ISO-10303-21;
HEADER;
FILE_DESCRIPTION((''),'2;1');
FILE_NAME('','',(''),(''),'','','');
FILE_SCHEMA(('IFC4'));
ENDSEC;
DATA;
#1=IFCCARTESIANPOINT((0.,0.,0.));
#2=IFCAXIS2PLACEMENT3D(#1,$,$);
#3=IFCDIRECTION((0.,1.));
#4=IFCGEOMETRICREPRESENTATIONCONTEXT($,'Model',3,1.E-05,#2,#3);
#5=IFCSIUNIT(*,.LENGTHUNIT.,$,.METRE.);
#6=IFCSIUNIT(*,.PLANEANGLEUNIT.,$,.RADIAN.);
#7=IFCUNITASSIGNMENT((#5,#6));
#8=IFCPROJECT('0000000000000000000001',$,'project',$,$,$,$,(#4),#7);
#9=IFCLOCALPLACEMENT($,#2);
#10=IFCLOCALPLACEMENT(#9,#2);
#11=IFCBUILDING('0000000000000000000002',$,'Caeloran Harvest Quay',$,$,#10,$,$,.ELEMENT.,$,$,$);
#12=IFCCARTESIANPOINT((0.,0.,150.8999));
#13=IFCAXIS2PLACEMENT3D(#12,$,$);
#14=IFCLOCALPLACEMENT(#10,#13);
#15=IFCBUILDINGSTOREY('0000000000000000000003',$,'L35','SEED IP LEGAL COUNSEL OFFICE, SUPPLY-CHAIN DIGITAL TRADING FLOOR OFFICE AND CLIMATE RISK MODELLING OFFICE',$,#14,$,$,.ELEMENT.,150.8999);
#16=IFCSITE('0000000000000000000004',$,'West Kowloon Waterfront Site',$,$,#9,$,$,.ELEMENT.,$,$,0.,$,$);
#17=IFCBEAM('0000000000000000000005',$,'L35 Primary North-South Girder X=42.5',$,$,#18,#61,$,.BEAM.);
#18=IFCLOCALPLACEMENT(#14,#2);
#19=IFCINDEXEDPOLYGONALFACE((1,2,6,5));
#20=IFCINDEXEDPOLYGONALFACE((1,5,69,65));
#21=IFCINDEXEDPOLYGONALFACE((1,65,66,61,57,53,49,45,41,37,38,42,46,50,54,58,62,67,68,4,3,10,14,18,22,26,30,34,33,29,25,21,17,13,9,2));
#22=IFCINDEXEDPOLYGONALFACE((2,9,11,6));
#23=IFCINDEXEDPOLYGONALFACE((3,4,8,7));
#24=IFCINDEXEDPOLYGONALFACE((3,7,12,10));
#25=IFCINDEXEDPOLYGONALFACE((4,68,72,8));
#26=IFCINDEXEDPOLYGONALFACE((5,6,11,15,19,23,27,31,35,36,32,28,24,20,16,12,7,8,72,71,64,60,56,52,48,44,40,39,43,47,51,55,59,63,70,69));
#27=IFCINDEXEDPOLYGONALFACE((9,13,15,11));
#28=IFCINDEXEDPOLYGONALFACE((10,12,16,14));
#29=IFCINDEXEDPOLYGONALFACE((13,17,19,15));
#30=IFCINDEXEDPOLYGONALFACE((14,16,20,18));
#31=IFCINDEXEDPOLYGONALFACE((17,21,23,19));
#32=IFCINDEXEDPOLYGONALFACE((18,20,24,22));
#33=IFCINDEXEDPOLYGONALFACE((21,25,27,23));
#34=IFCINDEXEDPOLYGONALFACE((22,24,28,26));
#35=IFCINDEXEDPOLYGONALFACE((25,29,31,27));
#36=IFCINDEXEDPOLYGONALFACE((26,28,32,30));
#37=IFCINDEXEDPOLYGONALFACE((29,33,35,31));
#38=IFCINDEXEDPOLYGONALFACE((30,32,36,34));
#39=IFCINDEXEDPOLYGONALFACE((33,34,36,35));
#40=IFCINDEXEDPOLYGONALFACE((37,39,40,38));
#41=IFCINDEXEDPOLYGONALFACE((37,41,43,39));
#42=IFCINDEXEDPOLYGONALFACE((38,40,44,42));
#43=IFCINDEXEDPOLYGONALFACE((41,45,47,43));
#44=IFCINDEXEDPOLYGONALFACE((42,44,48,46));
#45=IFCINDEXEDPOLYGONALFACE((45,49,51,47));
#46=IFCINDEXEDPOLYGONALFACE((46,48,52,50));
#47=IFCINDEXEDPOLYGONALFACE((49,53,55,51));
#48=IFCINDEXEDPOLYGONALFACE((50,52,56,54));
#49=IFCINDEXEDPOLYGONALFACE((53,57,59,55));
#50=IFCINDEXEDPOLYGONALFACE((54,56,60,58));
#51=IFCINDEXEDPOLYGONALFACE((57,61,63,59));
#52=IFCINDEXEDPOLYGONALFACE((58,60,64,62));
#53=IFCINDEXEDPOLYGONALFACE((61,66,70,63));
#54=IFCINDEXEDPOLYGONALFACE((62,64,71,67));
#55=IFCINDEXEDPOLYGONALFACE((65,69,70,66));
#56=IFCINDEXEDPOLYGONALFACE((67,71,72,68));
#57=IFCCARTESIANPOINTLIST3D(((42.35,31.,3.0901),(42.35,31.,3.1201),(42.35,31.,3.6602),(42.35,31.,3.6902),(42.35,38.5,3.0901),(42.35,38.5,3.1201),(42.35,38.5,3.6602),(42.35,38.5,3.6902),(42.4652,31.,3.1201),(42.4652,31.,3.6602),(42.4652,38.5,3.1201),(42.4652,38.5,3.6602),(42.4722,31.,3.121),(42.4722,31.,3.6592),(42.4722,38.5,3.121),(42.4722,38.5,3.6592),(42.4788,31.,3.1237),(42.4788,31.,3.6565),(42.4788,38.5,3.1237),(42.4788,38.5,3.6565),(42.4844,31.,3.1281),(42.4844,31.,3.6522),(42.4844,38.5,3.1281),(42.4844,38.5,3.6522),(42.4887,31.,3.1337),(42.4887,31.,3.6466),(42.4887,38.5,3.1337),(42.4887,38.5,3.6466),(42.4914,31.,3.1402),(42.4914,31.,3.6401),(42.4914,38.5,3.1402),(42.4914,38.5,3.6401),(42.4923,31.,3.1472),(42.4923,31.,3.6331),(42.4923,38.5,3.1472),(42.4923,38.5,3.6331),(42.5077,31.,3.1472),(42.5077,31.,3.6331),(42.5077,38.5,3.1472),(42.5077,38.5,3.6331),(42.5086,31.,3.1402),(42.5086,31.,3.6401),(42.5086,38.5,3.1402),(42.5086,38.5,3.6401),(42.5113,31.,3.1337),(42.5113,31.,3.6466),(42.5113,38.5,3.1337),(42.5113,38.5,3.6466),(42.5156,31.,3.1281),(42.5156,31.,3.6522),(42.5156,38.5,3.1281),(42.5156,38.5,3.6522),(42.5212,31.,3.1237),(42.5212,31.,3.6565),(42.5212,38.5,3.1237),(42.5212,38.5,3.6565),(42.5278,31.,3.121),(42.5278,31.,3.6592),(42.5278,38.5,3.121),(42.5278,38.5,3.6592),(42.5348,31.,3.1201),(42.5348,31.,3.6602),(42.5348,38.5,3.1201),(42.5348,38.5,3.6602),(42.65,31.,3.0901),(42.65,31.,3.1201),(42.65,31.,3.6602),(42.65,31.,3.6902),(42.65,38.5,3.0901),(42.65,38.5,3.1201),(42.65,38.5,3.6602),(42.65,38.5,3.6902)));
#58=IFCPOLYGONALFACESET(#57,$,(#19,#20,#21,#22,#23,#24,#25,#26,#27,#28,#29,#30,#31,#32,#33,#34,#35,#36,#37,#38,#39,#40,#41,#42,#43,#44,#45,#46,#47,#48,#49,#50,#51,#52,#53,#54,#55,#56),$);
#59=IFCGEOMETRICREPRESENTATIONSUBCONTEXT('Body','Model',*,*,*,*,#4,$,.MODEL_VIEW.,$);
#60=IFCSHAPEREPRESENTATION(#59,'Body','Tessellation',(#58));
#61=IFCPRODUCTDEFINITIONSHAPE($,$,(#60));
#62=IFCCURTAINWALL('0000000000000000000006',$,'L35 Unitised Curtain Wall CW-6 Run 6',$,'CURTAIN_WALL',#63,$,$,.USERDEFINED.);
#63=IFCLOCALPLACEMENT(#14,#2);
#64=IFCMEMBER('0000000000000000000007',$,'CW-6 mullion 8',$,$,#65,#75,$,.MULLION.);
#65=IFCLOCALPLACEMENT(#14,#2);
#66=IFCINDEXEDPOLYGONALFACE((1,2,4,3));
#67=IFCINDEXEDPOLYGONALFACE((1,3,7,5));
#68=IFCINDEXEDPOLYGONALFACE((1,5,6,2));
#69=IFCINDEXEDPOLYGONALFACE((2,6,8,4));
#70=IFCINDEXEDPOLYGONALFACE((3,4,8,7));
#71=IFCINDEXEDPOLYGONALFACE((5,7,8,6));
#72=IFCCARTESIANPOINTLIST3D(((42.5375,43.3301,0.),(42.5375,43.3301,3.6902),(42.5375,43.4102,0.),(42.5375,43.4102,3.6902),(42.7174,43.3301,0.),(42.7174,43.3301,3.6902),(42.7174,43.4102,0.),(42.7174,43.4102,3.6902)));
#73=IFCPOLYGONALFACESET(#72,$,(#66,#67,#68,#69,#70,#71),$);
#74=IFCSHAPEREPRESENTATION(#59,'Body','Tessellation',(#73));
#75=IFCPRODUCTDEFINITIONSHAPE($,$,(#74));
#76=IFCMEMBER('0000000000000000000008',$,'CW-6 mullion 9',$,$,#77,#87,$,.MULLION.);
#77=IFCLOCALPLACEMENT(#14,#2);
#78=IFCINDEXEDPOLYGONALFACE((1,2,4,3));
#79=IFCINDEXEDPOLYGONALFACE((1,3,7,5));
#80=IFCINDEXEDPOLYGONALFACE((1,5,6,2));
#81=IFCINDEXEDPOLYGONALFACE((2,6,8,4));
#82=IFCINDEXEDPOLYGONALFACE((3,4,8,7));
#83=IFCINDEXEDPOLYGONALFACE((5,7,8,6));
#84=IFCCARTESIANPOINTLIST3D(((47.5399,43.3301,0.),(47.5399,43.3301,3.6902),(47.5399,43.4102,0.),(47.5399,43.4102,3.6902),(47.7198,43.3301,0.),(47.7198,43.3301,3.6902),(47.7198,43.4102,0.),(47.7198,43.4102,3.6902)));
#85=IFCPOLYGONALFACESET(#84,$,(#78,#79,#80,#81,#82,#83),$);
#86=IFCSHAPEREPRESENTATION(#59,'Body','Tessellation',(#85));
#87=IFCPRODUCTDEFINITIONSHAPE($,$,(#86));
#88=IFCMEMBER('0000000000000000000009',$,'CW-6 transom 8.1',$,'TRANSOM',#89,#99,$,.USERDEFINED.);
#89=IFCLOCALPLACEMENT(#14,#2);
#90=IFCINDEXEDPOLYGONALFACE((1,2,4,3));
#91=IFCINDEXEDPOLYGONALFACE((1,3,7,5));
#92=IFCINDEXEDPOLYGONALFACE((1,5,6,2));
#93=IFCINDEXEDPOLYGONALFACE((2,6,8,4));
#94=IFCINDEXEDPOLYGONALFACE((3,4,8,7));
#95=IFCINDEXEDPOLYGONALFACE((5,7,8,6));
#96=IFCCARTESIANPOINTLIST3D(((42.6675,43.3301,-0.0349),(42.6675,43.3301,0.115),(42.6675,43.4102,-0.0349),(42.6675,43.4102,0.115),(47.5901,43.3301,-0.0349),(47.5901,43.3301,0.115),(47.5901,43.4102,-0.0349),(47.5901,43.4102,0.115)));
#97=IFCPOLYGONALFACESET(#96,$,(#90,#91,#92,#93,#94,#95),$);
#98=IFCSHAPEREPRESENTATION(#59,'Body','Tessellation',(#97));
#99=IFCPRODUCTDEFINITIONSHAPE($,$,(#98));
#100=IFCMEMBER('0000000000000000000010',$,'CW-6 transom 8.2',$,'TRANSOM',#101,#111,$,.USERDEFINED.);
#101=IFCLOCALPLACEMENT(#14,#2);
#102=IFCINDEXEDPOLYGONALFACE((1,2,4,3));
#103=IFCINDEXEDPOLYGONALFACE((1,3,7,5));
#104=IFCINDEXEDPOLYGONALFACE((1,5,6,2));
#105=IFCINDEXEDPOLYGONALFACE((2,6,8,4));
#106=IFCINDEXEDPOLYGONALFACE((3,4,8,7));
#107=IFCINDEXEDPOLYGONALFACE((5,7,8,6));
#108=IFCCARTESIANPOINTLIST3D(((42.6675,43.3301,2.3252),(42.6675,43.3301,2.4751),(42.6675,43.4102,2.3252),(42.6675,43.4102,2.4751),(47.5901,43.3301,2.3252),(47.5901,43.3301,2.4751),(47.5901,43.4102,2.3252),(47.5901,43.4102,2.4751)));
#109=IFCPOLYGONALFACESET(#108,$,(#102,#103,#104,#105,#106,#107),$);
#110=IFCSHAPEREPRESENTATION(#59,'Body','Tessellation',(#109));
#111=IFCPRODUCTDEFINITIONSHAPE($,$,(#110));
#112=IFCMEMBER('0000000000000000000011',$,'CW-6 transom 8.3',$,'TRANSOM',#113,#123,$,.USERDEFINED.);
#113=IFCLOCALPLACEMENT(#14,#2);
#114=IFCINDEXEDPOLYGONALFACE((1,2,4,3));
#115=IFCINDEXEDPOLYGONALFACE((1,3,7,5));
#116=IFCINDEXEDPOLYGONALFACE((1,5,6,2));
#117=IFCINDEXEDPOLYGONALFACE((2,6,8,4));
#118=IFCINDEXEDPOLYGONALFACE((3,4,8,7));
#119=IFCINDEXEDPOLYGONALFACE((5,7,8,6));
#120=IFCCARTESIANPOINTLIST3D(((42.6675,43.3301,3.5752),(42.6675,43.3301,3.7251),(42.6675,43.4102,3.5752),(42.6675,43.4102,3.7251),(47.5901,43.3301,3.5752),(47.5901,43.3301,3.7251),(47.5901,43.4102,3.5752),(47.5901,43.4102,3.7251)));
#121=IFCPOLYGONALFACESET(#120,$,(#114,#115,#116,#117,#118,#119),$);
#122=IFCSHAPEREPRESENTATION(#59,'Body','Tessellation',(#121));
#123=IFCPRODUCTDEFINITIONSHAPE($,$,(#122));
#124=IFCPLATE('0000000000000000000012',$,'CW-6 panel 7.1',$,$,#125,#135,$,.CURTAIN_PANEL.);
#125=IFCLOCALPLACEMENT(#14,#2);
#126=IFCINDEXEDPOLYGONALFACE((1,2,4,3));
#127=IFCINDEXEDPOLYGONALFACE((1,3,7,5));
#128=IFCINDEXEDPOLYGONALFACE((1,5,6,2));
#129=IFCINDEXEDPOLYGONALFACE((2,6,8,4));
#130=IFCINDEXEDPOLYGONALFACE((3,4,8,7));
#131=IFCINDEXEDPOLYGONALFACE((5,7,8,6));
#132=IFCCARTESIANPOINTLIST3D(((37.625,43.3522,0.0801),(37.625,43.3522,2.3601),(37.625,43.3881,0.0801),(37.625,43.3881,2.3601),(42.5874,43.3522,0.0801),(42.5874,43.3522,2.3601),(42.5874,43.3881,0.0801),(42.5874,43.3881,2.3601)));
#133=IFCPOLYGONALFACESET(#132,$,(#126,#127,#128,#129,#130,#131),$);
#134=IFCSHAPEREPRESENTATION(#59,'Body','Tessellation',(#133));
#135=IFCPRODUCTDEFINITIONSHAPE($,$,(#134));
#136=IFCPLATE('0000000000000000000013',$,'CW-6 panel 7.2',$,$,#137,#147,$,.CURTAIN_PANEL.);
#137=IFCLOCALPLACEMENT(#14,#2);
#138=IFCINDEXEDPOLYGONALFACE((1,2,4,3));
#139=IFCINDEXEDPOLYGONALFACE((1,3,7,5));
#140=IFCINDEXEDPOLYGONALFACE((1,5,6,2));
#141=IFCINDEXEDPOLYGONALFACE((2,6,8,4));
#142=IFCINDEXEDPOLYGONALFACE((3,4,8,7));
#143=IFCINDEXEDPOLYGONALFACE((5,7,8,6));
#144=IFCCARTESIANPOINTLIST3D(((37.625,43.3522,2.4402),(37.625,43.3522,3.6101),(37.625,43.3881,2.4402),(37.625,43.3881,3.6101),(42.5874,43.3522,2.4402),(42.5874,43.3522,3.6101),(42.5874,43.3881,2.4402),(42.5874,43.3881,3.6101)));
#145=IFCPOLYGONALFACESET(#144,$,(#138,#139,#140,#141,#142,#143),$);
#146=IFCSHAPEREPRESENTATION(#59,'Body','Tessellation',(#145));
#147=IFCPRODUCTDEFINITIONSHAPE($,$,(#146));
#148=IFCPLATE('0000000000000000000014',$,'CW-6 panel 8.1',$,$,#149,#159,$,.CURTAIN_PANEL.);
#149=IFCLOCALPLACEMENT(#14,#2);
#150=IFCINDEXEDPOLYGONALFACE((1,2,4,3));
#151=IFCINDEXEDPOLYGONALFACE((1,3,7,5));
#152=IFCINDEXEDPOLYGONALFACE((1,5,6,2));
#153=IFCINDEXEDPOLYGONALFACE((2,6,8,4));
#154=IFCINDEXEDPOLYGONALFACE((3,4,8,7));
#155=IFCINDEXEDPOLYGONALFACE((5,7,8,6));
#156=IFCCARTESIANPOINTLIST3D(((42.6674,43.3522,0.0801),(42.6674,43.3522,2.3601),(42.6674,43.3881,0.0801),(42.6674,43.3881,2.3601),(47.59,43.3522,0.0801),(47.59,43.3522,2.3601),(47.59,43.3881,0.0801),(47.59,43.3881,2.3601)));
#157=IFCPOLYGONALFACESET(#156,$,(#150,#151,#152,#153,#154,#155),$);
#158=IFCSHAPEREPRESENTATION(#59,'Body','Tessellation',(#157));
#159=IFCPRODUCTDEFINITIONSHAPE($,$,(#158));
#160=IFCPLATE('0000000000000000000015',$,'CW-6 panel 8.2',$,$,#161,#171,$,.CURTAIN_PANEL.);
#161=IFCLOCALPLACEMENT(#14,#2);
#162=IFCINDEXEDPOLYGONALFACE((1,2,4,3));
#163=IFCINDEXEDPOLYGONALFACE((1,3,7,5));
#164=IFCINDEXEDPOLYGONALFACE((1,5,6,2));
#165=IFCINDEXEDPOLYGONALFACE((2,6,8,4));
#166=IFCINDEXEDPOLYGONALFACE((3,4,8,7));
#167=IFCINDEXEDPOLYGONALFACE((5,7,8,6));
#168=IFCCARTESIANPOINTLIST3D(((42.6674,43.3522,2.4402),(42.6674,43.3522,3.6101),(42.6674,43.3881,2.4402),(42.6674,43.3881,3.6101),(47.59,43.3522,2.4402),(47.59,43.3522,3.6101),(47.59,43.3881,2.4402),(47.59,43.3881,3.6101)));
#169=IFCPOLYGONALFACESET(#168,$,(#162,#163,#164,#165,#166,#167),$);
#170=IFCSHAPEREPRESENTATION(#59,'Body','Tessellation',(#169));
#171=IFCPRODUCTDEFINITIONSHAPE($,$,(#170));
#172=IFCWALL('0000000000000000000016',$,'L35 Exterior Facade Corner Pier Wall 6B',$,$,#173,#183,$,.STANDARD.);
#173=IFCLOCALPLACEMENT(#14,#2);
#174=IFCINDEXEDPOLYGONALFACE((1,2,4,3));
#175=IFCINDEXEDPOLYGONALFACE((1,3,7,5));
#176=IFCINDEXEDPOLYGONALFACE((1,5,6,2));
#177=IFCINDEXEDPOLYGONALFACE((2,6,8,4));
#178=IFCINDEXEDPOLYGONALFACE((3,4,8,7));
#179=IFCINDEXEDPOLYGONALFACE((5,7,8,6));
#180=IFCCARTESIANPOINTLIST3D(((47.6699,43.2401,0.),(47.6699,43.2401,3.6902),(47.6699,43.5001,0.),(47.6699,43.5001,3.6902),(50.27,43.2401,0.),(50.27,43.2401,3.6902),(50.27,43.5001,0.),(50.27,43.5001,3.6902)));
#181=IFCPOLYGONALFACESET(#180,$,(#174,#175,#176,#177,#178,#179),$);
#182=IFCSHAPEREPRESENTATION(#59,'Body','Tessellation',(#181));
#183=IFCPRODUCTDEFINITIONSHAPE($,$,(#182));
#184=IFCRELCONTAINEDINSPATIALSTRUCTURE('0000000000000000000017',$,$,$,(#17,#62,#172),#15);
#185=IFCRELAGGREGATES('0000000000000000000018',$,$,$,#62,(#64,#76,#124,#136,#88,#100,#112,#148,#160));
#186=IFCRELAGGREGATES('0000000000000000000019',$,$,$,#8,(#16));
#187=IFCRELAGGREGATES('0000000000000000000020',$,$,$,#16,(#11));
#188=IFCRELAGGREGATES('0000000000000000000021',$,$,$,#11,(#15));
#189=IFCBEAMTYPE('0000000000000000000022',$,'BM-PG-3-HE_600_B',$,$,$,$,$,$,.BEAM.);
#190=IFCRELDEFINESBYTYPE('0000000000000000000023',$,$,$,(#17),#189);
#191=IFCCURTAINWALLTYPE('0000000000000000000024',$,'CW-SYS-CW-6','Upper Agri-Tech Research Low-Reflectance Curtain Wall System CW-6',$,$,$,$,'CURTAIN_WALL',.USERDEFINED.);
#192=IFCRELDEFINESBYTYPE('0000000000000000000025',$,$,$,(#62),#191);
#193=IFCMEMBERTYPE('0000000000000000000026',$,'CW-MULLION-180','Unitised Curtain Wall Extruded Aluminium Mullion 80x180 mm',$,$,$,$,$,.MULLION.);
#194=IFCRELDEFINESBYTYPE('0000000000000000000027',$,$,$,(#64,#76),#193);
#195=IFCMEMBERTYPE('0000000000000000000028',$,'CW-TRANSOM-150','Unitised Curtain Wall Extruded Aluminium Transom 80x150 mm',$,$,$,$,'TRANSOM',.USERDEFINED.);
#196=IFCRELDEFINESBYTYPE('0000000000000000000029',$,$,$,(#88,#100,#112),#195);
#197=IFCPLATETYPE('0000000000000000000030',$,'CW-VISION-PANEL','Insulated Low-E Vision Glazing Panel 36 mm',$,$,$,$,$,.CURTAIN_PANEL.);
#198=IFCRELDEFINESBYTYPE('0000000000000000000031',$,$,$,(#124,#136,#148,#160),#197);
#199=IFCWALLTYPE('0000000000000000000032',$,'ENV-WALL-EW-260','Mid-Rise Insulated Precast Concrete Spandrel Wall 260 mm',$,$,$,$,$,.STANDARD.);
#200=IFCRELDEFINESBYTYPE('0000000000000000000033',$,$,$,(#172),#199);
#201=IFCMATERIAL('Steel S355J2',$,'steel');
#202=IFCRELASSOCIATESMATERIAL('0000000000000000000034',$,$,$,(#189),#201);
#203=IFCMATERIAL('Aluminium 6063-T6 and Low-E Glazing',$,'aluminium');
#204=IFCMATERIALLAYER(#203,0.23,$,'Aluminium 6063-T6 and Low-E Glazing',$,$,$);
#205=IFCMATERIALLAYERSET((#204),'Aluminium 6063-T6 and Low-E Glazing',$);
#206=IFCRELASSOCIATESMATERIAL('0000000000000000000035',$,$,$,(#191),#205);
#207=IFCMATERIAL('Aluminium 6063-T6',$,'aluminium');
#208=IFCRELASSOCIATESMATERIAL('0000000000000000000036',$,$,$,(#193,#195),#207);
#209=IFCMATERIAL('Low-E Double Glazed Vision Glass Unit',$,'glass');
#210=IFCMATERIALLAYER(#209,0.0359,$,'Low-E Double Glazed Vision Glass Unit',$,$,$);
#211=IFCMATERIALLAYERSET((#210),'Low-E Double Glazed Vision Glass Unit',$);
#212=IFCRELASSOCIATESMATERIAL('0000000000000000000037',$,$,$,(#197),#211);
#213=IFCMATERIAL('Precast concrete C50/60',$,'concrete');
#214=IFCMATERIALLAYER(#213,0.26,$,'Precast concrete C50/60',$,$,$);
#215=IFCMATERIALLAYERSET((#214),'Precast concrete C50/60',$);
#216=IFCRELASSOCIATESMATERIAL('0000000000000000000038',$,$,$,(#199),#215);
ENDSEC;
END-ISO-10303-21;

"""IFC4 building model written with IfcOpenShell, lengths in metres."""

from ifc_helpers import new_model, si_unit, direction, frame, frame_2d, origin, origin_2d, place, context, subcontext, project, spatial, rectangle, i_section, extrude, material, layer, layer_set, material_profile, profile_set, type_object, element, aggregate, save


model = new_model("IFC4")

# Units and contexts
model_context = context("Model", 3, precision=1e-05, world=origin(), true_north=direction((0.0, 1.0)))
body_context = subcontext(model_context, "Body", "Model", "MODEL_VIEW")
ifc_project = project(units=[si_unit("LENGTHUNIT", "METRE"), si_unit("PLANEANGLEUNIT", "RADIAN")], contexts=[model_context])

# Site, building, storey
site_placement = place(None, origin())
site = spatial("IfcSite", under=ifc_project, at=site_placement, Name="West Kowloon Waterfront Site", CompositionType="ELEMENT", RefElevation=0.0)
building_placement = place(site_placement, origin())
building = spatial("IfcBuilding", under=site, at=building_placement, Name="Caeloran Harvest Quay", CompositionType="ELEMENT")
storey_placement = place(building_placement, frame((0.0, 0.0, 150.8999)))
storey = spatial("IfcBuildingStorey", under=building, at=storey_placement, Name="L35", Description="SEED IP LEGAL COUNSEL OFFICE, SUPPLY-CHAIN DIGITAL TRADING FLOOR OFFICE AND CLIMATE RISK MODELLING OFFICE", CompositionType="ELEMENT", Elevation=150.8999)

# Beam
ifc_material_1 = material(Name="Steel S355J2", Category="steel")
ifc_material_profile_1 = material_profile(ifc_material_1, i_section(OverallWidth=0.3, OverallDepth=0.6001, WebThickness=0.0154, FlangeThickness=0.03, FilletRadius=0.0271, at=origin_2d()), Name="HE 600 B")
ifc_profile_set_1 = profile_set([ifc_material_profile_1], Name="Steel S355J2")
beam_type = type_object("IfcBeamType", Name="BM-PG-3-HE_600_B", PredefinedType="BEAM", material=ifc_profile_set_1)
beam_1_placement = place(storey_placement, frame((42.5, 31.0, 3.3901), z_axis=(0.0, 1.0, 0.0), x_axis=(-1.0, 0.0, 0.0)))
element("IfcBeam", 1, at=beam_1_placement, inside=storey, type_object=beam_type, Name="L35 Primary North-South Girder X=42.5", PredefinedType="BEAM", context=body_context, shape_type="SweptSolid", body=[
    extrude(i_section(OverallWidth=0.3, OverallDepth=0.6001, WebThickness=0.0154, FlangeThickness=0.03, FilletRadius=0.0271, at=origin_2d()), origin(), (0.0, 0.0, 1.0), 7.5),
])

# Curtain wall, members, plates
ifc_material_2 = material(Name="Aluminium 6063-T6 and Low-E Glazing", Category="aluminium")
ifc_layer_1 = layer(ifc_material_2, 0.23, Name="Aluminium 6063-T6 and Low-E Glazing")
ifc_layer_set_1 = layer_set([ifc_layer_1], Name="Aluminium 6063-T6 and Low-E Glazing")
curtain_wall_type = type_object("IfcCurtainWallType", Name="CW-SYS-CW-6", Description="Upper Agri-Tech Research Low-Reflectance Curtain Wall System CW-6", ElementType="CURTAIN_WALL", PredefinedType="USERDEFINED", material=ifc_layer_set_1)
curtain_wall_placement = place(storey_placement, origin())
curtain_wall = element("IfcCurtainWall", 2, at=curtain_wall_placement, inside=storey, type_object=curtain_wall_type, Name="L35 Unitised Curtain Wall CW-6 Run 6", ObjectType="CURTAIN_WALL", PredefinedType="USERDEFINED")
ifc_material_3 = material(Name="Aluminium 6063-T6", Category="aluminium")
ifc_material_profile_2 = material_profile(ifc_material_3, rectangle(XDim=0.0801, YDim=0.1799, at=origin_2d()), Name="CW-MULLION-180")
ifc_profile_set_2 = profile_set([ifc_material_profile_2], Name="Aluminium 6063-T6")
member_type_1 = type_object("IfcMemberType", Name="CW-MULLION-180", Description="Unitised Curtain Wall Extruded Aluminium Mullion 80x180 mm", PredefinedType="MULLION", material=ifc_profile_set_2)
member_1_placement = place(storey_placement, frame((42.6274, 43.3701, 0.0), z_axis=(0.0, 0.0, 1.0), x_axis=(0.0, 1.0, 0.0)))
member_1 = element("IfcMember", 3, at=member_1_placement, type_object=member_type_1, Name="CW-6 mullion 8", PredefinedType="MULLION", context=body_context, shape_type="SweptSolid", body=[
    extrude(rectangle(XDim=0.0801, YDim=0.1799, at=origin_2d()), origin(), (0.0, 0.0, 1.0), 3.6902),
])
member_2_placement = place(storey_placement, frame((47.6299, 43.3701, 0.0), z_axis=(0.0, 0.0, 1.0), x_axis=(0.0, 1.0, 0.0)))
member_2 = element("IfcMember", 4, at=member_2_placement, type_object=member_type_1, Name="CW-6 mullion 9", PredefinedType="MULLION", context=body_context, shape_type="SweptSolid", body=[
    extrude(rectangle(XDim=0.0801, YDim=0.1799, at=origin_2d()), origin(), (0.0, 0.0, 1.0), 3.6902),
])
ifc_material_profile_3 = material_profile(ifc_material_3, rectangle(XDim=0.0801, YDim=0.1499, at=origin_2d()), Name="CW-TRANSOM-150")
ifc_profile_set_3 = profile_set([ifc_material_profile_3], Name="Aluminium 6063-T6")
member_type_2 = type_object("IfcMemberType", Name="CW-TRANSOM-150", Description="Unitised Curtain Wall Extruded Aluminium Transom 80x150 mm", ElementType="TRANSOM", PredefinedType="USERDEFINED", material=ifc_profile_set_3)
member_3_placement = place(storey_placement, frame((42.6675, 43.3701, 0.04), z_axis=(1.0, 0.0, 0.0), x_axis=(0.0, 1.0, 0.0)))
member_3 = element("IfcMember", 5, at=member_3_placement, type_object=member_type_2, Name="CW-6 transom 8.1", ObjectType="TRANSOM", PredefinedType="USERDEFINED", context=body_context, shape_type="SweptSolid", body=[
    extrude(rectangle(XDim=0.0801, YDim=0.1499, at=origin_2d()), origin(), (0.0, 0.0, 1.0), 4.9226),
])
member_4_placement = place(storey_placement, frame((42.6675, 43.3701, 2.4001), z_axis=(1.0, 0.0, 0.0), x_axis=(0.0, 1.0, 0.0)))
member_4 = element("IfcMember", 6, at=member_4_placement, type_object=member_type_2, Name="CW-6 transom 8.2", ObjectType="TRANSOM", PredefinedType="USERDEFINED", context=body_context, shape_type="SweptSolid", body=[
    extrude(rectangle(XDim=0.0801, YDim=0.1499, at=origin_2d()), origin(), (0.0, 0.0, 1.0), 4.9226),
])
member_5_placement = place(storey_placement, frame((42.6675, 43.3701, 3.6501), z_axis=(1.0, 0.0, 0.0), x_axis=(0.0, 1.0, 0.0)))
member_5 = element("IfcMember", 7, at=member_5_placement, type_object=member_type_2, Name="CW-6 transom 8.3", ObjectType="TRANSOM", PredefinedType="USERDEFINED", context=body_context, shape_type="SweptSolid", body=[
    extrude(rectangle(XDim=0.0801, YDim=0.1499, at=origin_2d()), origin(), (0.0, 0.0, 1.0), 4.9226),
])
ifc_material_4 = material(Name="Low-E Double Glazed Vision Glass Unit", Category="glass")
ifc_layer_2 = layer(ifc_material_4, 0.0359, Name="Low-E Double Glazed Vision Glass Unit")
ifc_layer_set_2 = layer_set([ifc_layer_2], Name="Low-E Double Glazed Vision Glass Unit")
plate_type = type_object("IfcPlateType", Name="CW-VISION-PANEL", Description="Insulated Low-E Vision Glazing Panel 36 mm", PredefinedType="CURTAIN_PANEL", material=ifc_layer_set_2)
plate_1_placement = place(storey_placement, frame((40.1062, 43.3701, 0.0801), z_axis=(0.0, 0.0, 1.0), x_axis=(1.0, 0.0, 0.0)))
plate_1 = element("IfcPlate", 8, at=plate_1_placement, type_object=plate_type, Name="CW-6 panel 7.1", PredefinedType="CURTAIN_PANEL", context=body_context, shape_type="SweptSolid", body=[
    extrude(rectangle(XDim=4.9624, YDim=0.0359, at=origin_2d()), origin(), (0.0, 0.0, 1.0), 2.28),
])
plate_2_placement = place(storey_placement, frame((40.1062, 43.3701, 2.4402), z_axis=(0.0, 0.0, 1.0), x_axis=(1.0, 0.0, 0.0)))
plate_2 = element("IfcPlate", 9, at=plate_2_placement, type_object=plate_type, Name="CW-6 panel 7.2", PredefinedType="CURTAIN_PANEL", context=body_context, shape_type="SweptSolid", body=[
    extrude(rectangle(XDim=4.9624, YDim=0.0359, at=origin_2d()), origin(), (0.0, 0.0, 1.0), 1.1699),
])
plate_3_placement = place(storey_placement, frame((45.1287, 43.3701, 0.0801), z_axis=(0.0, 0.0, 1.0), x_axis=(1.0, 0.0, 0.0)))
plate_3 = element("IfcPlate", 10, at=plate_3_placement, type_object=plate_type, Name="CW-6 panel 8.1", PredefinedType="CURTAIN_PANEL", context=body_context, shape_type="SweptSolid", body=[
    extrude(rectangle(XDim=4.9226, YDim=0.0359, at=origin_2d()), origin(), (0.0, 0.0, 1.0), 2.28),
])
plate_4_placement = place(storey_placement, frame((45.1287, 43.3701, 2.4402), z_axis=(0.0, 0.0, 1.0), x_axis=(1.0, 0.0, 0.0)))
plate_4 = element("IfcPlate", 11, at=plate_4_placement, type_object=plate_type, Name="CW-6 panel 8.2", PredefinedType="CURTAIN_PANEL", context=body_context, shape_type="SweptSolid", body=[
    extrude(rectangle(XDim=4.9226, YDim=0.0359, at=origin_2d()), origin(), (0.0, 0.0, 1.0), 1.1699),
])
aggregate(curtain_wall, [member_1, member_2, plate_1, plate_2, member_3, member_4, member_5, plate_3, plate_4])

# Wall
ifc_material_5 = material(Name="Precast concrete C50/60", Category="concrete")
ifc_layer_3 = layer(ifc_material_5, 0.26, Name="Precast concrete C50/60")
ifc_layer_set_3 = layer_set([ifc_layer_3], Name="Precast concrete C50/60")
wall_type_1 = type_object("IfcWallType", Name="ENV-WALL-EW-260", Description="Mid-Rise Insulated Precast Concrete Spandrel Wall 260 mm", PredefinedType="STANDARD", material=ifc_layer_set_3)
wall_1_placement = place(storey_placement, frame((47.6699, 43.3701, 0.0), z_axis=(0.0, 0.0, 1.0), x_axis=(1.0, 0.0, 0.0)))
element("IfcWall", 12, at=wall_1_placement, inside=storey, type_object=wall_type_1, Name="L35 Exterior Facade Corner Pier Wall 6B", PredefinedType="STANDARD", context=body_context, shape_type="SweptSolid", body=[
    extrude(rectangle(XDim=2.6001, YDim=0.26, at=frame_2d((1.3, 0.0))), origin(), (0.0, 0.0, 1.0), 3.6902),
])

save(model, "model.ifc")
